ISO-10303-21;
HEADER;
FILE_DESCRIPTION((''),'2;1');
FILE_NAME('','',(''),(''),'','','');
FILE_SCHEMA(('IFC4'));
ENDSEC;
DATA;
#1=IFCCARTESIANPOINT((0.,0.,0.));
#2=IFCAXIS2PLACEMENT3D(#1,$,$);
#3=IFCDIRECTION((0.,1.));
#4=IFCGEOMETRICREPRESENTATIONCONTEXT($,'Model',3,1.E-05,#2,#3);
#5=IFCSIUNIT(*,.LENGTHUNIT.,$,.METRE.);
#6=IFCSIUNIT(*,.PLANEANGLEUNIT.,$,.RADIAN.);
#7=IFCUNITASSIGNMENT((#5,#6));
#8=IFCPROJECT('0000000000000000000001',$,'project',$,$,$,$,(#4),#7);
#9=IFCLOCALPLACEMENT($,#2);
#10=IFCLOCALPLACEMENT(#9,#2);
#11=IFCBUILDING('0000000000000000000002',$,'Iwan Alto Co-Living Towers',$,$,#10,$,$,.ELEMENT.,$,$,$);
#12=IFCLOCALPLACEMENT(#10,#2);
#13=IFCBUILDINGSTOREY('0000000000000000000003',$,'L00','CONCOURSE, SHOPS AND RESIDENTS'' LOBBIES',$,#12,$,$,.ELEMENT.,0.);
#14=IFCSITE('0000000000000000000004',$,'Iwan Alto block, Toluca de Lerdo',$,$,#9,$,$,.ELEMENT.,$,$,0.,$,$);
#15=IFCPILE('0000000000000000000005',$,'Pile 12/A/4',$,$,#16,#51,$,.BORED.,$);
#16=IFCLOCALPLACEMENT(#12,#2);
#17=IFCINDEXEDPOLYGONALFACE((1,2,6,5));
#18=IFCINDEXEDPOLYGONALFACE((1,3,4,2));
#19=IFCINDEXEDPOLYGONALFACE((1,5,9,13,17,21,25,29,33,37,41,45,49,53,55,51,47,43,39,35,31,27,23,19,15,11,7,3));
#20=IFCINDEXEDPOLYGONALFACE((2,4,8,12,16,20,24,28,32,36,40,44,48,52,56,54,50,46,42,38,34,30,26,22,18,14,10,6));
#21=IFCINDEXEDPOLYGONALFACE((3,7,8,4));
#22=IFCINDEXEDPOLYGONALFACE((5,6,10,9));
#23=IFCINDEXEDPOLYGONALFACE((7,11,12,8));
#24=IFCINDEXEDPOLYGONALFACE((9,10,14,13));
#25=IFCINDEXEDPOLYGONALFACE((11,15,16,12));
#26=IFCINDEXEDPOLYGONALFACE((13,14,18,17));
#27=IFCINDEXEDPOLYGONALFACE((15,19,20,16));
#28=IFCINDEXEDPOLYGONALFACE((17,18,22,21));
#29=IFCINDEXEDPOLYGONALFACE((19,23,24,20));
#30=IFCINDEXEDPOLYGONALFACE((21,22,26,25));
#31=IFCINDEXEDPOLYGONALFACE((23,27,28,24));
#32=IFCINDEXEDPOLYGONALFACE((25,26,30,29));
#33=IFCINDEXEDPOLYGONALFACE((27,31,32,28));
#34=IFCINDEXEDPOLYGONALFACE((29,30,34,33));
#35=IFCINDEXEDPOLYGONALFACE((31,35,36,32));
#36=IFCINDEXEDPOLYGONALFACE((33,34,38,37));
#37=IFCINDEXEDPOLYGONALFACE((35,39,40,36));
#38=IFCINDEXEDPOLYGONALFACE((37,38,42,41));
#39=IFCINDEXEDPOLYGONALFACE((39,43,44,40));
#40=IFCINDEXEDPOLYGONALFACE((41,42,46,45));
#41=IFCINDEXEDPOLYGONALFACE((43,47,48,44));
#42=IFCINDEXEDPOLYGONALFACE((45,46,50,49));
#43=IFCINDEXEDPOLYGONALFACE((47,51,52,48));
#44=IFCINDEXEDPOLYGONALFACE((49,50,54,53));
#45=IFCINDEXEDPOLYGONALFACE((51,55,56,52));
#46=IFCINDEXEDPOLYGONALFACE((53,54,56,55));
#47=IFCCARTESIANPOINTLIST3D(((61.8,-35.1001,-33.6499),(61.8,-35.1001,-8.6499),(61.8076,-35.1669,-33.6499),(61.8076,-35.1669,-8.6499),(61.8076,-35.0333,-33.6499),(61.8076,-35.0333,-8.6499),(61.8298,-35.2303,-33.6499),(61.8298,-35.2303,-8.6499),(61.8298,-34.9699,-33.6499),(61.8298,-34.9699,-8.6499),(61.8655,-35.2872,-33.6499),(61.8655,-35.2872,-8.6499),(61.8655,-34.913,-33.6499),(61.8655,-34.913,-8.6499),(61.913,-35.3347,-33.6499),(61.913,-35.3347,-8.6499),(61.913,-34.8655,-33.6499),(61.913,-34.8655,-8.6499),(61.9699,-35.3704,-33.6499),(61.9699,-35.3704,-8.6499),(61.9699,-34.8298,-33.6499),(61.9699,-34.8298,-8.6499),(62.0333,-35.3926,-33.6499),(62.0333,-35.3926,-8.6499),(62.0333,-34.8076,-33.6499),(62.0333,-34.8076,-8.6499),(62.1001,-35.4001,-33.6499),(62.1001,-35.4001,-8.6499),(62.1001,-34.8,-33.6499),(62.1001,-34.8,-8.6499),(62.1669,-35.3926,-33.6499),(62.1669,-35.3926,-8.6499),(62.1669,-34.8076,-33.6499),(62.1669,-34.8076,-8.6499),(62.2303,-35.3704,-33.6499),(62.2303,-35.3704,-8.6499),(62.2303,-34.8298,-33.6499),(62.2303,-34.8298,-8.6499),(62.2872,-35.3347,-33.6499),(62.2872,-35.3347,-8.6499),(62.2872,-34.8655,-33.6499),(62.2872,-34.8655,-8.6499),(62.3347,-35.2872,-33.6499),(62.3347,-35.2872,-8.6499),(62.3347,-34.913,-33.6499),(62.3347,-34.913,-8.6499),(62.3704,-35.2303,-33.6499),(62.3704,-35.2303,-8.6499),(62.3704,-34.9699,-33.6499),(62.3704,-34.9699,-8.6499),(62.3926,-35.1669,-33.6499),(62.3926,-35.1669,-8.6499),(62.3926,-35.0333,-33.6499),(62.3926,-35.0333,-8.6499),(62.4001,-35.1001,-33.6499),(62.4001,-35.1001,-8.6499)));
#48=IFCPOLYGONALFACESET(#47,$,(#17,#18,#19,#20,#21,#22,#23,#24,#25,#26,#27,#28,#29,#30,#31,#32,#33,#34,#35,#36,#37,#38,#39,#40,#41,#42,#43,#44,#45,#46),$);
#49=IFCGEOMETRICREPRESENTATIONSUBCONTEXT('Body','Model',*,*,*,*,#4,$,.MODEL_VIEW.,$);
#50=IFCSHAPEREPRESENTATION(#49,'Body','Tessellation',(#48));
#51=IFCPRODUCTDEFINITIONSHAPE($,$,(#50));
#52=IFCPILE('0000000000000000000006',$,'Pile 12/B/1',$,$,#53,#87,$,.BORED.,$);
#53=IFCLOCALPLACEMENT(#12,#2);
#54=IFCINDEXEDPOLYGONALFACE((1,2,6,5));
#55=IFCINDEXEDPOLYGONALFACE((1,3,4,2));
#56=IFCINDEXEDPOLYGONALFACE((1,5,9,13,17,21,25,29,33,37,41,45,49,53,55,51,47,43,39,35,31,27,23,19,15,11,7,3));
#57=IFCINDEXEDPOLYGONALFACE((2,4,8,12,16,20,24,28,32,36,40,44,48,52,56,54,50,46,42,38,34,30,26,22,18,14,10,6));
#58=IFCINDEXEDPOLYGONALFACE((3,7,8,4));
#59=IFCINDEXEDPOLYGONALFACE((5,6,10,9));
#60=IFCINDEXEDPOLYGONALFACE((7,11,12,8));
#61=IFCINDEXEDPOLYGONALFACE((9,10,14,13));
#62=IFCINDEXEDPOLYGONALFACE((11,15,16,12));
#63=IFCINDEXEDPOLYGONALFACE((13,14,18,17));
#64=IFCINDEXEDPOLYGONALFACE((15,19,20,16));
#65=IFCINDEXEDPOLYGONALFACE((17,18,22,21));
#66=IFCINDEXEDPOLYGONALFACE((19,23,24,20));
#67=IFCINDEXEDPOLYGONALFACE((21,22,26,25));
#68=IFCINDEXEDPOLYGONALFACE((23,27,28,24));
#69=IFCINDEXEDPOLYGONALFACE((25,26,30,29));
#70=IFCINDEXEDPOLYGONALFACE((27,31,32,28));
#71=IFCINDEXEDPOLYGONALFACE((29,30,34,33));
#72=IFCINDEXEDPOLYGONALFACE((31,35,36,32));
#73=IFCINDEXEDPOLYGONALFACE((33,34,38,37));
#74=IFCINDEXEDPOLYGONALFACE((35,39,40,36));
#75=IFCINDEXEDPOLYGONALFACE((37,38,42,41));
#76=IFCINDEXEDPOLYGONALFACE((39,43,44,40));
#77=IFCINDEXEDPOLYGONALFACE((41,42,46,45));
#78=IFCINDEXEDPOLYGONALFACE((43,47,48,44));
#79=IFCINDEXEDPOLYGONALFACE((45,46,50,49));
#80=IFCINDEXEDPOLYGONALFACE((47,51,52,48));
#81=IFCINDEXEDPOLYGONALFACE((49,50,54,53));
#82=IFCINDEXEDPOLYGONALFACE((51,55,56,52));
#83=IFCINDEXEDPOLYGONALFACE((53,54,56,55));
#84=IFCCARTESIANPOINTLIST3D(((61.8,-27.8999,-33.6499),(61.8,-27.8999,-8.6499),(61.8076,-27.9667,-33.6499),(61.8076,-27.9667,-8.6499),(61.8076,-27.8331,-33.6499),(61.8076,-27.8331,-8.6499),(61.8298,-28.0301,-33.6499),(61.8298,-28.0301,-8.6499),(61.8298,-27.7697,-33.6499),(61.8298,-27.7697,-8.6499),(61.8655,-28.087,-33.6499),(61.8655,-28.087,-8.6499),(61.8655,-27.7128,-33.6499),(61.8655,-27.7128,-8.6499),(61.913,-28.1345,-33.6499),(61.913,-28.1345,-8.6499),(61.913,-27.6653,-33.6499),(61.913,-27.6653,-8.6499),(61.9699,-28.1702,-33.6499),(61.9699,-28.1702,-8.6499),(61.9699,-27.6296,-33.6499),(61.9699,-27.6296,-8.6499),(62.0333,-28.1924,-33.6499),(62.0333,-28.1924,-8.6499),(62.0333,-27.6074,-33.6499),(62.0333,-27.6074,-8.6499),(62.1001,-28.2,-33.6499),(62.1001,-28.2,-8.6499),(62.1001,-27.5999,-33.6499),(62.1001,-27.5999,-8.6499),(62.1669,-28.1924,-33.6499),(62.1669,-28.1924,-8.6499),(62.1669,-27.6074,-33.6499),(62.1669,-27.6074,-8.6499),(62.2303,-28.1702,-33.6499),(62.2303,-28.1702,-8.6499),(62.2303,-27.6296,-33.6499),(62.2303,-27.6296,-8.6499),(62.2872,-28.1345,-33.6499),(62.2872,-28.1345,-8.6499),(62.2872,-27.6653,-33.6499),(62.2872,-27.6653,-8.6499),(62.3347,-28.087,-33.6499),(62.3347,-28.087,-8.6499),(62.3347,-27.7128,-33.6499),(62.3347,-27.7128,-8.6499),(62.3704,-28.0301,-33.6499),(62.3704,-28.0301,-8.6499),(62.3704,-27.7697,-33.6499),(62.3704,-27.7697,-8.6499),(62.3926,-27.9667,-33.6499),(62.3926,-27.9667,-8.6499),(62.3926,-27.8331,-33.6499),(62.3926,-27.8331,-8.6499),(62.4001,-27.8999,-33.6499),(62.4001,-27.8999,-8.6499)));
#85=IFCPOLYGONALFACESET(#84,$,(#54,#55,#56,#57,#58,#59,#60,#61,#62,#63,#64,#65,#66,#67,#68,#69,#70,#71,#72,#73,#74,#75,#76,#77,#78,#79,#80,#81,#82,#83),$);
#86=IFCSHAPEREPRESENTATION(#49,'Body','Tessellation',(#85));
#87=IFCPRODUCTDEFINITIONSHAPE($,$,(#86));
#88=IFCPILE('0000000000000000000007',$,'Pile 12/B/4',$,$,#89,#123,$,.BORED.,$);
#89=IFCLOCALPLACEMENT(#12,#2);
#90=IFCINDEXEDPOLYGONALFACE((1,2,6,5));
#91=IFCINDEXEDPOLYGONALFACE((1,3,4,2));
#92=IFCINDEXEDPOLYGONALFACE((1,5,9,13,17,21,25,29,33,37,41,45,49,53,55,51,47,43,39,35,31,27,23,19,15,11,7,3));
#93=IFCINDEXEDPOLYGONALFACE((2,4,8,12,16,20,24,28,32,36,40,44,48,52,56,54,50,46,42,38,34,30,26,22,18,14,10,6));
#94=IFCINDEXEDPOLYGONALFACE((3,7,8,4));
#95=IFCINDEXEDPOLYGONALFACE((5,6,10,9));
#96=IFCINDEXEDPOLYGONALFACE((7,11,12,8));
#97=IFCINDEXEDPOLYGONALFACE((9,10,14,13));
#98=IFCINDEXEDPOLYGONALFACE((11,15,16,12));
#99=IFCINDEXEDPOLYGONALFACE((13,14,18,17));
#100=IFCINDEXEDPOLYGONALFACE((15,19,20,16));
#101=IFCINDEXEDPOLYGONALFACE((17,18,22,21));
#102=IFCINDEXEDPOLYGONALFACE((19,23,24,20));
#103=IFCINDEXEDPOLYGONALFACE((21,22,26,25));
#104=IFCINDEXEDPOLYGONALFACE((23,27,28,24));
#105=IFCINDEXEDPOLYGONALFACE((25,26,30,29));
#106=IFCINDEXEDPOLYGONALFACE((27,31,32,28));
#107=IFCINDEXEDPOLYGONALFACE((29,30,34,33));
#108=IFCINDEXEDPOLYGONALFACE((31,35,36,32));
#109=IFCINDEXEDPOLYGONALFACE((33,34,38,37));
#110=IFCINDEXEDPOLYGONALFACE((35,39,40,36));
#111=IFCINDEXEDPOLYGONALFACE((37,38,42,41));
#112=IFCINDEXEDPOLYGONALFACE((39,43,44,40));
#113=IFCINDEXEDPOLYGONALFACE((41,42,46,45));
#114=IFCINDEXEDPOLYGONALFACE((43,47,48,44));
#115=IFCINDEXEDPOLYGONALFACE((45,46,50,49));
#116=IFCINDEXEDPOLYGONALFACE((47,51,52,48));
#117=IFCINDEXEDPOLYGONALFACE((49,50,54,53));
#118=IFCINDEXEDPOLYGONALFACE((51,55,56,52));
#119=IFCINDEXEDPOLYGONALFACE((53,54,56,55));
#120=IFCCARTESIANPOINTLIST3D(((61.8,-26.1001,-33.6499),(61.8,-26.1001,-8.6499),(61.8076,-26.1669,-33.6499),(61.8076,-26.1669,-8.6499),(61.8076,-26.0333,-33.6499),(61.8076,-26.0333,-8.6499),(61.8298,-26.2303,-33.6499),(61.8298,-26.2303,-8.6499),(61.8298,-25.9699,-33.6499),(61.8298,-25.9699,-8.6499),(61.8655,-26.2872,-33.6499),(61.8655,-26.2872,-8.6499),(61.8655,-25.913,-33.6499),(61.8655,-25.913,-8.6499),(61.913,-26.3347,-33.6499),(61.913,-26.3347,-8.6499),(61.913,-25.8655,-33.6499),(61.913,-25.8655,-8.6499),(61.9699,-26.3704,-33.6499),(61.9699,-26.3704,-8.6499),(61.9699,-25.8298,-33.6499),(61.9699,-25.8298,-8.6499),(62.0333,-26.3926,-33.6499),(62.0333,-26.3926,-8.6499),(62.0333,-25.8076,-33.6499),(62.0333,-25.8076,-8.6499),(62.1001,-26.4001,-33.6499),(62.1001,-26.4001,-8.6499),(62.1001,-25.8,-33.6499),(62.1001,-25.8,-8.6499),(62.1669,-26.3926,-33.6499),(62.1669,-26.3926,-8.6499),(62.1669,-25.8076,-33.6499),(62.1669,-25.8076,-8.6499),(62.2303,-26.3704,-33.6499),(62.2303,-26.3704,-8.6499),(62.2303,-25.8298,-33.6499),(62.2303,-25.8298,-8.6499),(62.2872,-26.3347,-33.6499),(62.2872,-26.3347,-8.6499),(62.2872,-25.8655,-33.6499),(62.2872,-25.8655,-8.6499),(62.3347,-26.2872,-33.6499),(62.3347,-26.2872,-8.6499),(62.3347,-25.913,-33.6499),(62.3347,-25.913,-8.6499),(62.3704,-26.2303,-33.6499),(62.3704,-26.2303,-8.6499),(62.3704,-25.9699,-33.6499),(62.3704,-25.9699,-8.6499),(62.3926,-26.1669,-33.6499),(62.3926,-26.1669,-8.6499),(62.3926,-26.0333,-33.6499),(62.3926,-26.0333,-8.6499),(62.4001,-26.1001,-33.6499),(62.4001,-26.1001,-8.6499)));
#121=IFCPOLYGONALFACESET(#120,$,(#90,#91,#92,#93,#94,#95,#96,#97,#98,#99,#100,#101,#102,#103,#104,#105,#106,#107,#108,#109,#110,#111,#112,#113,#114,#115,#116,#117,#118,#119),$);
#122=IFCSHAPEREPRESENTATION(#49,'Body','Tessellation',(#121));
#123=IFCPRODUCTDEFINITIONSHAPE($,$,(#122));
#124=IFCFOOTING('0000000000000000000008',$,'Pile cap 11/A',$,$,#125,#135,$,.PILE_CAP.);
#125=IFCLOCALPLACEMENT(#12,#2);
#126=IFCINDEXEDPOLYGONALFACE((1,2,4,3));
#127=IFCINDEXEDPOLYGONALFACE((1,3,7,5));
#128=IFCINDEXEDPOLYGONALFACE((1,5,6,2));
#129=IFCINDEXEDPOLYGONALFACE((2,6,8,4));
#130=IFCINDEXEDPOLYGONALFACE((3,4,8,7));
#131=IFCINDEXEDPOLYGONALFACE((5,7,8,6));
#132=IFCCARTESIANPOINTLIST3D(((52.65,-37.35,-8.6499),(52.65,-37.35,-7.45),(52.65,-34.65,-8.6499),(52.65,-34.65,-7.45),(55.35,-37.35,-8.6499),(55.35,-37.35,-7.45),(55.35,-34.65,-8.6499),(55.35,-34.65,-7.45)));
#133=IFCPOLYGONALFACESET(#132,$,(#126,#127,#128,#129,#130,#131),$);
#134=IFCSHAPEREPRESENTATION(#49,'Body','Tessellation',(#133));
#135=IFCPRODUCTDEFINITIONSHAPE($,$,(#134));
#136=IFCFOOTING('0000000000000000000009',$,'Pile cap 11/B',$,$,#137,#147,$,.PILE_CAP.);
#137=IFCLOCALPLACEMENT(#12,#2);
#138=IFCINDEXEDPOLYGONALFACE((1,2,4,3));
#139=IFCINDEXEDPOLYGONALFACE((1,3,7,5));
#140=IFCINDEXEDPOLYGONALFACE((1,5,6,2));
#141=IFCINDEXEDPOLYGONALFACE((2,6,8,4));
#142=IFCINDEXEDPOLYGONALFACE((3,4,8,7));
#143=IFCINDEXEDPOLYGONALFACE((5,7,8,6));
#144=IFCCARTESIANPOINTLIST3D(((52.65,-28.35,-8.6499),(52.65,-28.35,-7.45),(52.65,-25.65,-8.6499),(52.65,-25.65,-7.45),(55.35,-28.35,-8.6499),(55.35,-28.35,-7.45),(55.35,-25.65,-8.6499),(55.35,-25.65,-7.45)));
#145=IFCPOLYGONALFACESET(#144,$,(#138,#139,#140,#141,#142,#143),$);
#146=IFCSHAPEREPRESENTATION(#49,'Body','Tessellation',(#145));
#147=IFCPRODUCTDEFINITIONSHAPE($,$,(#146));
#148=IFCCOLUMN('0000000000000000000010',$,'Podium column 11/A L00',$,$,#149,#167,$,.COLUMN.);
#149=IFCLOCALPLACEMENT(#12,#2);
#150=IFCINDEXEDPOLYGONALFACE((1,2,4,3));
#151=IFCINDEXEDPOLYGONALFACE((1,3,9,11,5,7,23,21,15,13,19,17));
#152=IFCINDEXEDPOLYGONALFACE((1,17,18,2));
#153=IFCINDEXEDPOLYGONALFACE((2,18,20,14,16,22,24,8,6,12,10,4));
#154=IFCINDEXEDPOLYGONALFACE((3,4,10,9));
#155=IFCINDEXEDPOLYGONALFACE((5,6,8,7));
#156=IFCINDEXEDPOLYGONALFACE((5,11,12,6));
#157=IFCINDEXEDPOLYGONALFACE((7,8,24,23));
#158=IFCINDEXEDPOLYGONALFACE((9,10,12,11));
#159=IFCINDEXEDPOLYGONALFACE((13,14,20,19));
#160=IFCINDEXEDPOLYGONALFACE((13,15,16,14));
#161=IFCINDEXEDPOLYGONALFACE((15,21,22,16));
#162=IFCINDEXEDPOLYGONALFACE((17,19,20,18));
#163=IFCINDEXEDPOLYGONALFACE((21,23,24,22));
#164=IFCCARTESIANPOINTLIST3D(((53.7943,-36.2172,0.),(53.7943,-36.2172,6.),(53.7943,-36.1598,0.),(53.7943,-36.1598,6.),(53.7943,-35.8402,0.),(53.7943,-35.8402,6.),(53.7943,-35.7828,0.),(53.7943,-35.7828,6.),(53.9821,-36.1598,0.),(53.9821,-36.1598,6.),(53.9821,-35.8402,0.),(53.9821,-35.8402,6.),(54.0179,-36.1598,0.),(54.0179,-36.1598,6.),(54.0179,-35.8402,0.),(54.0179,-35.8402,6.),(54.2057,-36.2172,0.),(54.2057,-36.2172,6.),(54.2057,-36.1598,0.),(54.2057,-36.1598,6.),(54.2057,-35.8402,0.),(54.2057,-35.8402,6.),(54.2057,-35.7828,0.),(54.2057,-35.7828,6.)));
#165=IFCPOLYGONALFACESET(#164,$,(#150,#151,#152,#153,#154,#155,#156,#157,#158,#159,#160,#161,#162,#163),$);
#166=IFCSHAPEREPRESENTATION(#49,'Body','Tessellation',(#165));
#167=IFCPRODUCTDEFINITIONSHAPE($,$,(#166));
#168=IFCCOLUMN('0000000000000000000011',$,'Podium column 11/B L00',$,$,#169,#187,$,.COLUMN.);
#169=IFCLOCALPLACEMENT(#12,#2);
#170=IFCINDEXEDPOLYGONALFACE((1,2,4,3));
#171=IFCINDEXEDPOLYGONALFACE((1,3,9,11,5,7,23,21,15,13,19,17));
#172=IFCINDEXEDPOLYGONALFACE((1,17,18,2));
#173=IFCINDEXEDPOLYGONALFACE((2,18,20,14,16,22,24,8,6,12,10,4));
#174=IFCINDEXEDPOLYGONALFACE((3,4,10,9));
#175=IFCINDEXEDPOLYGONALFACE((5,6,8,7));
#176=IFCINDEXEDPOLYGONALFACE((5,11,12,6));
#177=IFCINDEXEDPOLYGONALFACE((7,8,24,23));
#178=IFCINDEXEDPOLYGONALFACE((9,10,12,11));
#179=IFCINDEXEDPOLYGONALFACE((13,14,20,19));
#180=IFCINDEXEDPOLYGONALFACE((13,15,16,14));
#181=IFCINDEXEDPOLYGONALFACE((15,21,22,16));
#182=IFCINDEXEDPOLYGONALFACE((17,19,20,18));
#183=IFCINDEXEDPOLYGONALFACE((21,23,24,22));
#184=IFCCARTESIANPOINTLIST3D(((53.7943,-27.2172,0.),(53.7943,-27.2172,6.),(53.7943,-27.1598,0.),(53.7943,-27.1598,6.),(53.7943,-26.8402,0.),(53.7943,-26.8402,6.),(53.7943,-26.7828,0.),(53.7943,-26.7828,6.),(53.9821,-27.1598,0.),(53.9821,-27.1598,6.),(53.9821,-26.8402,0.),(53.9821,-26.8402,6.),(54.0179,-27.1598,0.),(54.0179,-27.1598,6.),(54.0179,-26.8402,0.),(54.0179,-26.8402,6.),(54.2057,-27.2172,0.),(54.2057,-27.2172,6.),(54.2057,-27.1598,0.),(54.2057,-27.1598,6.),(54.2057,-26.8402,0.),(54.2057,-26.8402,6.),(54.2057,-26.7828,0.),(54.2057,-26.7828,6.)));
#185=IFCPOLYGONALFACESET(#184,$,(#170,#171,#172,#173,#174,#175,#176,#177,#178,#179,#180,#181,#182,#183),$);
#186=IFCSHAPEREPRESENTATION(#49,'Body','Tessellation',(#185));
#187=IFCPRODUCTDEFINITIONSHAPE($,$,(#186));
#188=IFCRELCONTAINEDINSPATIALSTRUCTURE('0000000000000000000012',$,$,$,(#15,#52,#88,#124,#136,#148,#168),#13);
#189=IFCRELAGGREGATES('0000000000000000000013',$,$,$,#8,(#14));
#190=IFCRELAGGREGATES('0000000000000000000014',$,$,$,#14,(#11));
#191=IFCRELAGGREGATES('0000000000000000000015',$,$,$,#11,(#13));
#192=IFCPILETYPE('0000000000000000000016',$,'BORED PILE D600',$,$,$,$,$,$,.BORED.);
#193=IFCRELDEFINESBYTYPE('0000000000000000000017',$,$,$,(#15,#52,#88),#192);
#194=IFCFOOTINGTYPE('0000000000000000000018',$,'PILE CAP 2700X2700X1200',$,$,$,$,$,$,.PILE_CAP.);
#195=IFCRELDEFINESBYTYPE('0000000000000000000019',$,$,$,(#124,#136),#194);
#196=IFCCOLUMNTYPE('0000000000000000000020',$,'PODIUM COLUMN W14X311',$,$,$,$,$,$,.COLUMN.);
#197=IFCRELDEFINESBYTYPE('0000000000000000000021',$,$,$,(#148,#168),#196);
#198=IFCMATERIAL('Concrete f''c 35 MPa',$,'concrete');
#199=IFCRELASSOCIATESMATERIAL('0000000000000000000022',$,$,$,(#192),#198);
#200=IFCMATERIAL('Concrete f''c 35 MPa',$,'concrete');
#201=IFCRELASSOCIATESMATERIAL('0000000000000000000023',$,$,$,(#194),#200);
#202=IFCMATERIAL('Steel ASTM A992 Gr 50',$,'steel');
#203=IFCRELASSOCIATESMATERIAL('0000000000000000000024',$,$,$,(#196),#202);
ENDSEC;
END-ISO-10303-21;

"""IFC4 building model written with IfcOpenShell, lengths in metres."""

from ifc_helpers import new_model, si_unit, direction, frame, origin, origin_2d, place, context, subcontext, project, spatial, rectangle, circle, i_section, extrude, material, material_profile, profile_set, type_object, element, save


model = new_model("IFC4")

# Units and contexts
model_context = context("Model", 3, precision=1e-05, world=origin(), true_north=direction((0.0, 1.0)))
body_context = subcontext(model_context, "Body", "Model", "MODEL_VIEW")
ifc_project = project(units=[si_unit("LENGTHUNIT", "METRE"), si_unit("PLANEANGLEUNIT", "RADIAN")], contexts=[model_context])

# Site, building, storey
site_placement = place(None, origin())
site = spatial("IfcSite", under=ifc_project, at=site_placement, Name="Iwan Alto block, Toluca de Lerdo", CompositionType="ELEMENT", RefElevation=0.0)
building_placement = place(site_placement, origin())
building = spatial("IfcBuilding", under=site, at=building_placement, Name="Iwan Alto Co-Living Towers", CompositionType="ELEMENT")
storey_placement = place(building_placement, origin())
storey = spatial("IfcBuildingStorey", under=building, at=storey_placement, Name="L00", Description="CONCOURSE, SHOPS AND RESIDENTS' LOBBIES", CompositionType="ELEMENT", Elevation=0.0)

# Piles
ifc_material_1 = material(Name="Concrete f'c 35 MPa", Category="concrete")
ifc_material_profile_1 = material_profile(ifc_material_1, circle(Radius=0.3, at=origin_2d()), Name="D600")
ifc_profile_set_1 = profile_set([ifc_material_profile_1], Name="Concrete f'c 35 MPa")
pile_type = type_object("IfcPileType", Name="BORED PILE D600", PredefinedType="BORED", material=ifc_profile_set_1)
for number, where, z_axis, x_axis, name in (
    (1, (62.1001, -35.1001, -8.6499), (0.0, 0.0, -1.0), (1.0, 0.0, 0.0), "Pile 12/A/4"),
    (2, (62.1001, -27.8999, -8.6499), (0.0, 0.0, -1.0), (1.0, 0.0, 0.0), "Pile 12/B/1"),
    (3, (62.1001, -26.1001, -8.6499), (0.0, 0.0, -1.0), (1.0, 0.0, 0.0), "Pile 12/B/4"),
):
    element("IfcPile", number, at=place(storey_placement, frame(where, z_axis=z_axis, x_axis=x_axis)), inside=storey, type_object=pile_type, Name=name, PredefinedType="BORED", context=body_context, shape_type="SweptSolid", body=[
        extrude(circle(Radius=0.3, at=origin_2d()), origin(), (0.0, 0.0, 1.0), 25.0),
    ])

# Footings
ifc_material_2 = material(Name="Concrete f'c 35 MPa", Category="concrete")
footing_type = type_object("IfcFootingType", Name="PILE CAP 2700X2700X1200", PredefinedType="PILE_CAP", material=ifc_material_2)
for number, where, z_axis, x_axis, name in (
    (4, (54.0, -36.0, -8.6499), (0.0, 0.0, 1.0), (1.0, 0.0, 0.0), "Pile cap 11/A"),
    (5, (54.0, -27.0, -8.6499), (0.0, 0.0, 1.0), (1.0, 0.0, 0.0), "Pile cap 11/B"),
):
    element("IfcFooting", number, at=place(storey_placement, frame(where, z_axis=z_axis, x_axis=x_axis)), inside=storey, type_object=footing_type, Name=name, PredefinedType="PILE_CAP", context=body_context, shape_type="SweptSolid", body=[
        extrude(rectangle(XDim=2.7, YDim=2.7, at=origin_2d()), origin(), (0.0, 0.0, 1.0), 1.2),
    ])

# Columns
ifc_material_3 = material(Name="Steel ASTM A992 Gr 50", Category="steel")
ifc_material_profile_2 = material_profile(ifc_material_3, i_section(OverallWidth=0.4114, OverallDepth=0.4343, WebThickness=0.0359, FlangeThickness=0.0574, at=origin_2d()), Name="W14X311")
ifc_profile_set_2 = profile_set([ifc_material_profile_2], Name="Steel ASTM A992 Gr 50")
column_type = type_object("IfcColumnType", Name="PODIUM COLUMN W14X311", PredefinedType="COLUMN", material=ifc_profile_set_2)
for number, where, z_axis, x_axis, name in (
    (6, (54.0, -36.0, 0.0), (0.0, 0.0, 1.0), (1.0, 0.0, 0.0), "Podium column 11/A L00"),
    (7, (54.0, -27.0, 0.0), (0.0, 0.0, 1.0), (1.0, 0.0, 0.0), "Podium column 11/B L00"),
):
    element("IfcColumn", number, at=place(storey_placement, frame(where, z_axis=z_axis, x_axis=x_axis)), inside=storey, type_object=column_type, Name=name, PredefinedType="COLUMN", context=body_context, shape_type="SweptSolid", body=[
        extrude(i_section(OverallWidth=0.4114, OverallDepth=0.4343, WebThickness=0.0359, FlangeThickness=0.0574, at=origin_2d()), origin(), (0.0, 0.0, 1.0), 6.0),
    ])

save(model, "model.ifc")
